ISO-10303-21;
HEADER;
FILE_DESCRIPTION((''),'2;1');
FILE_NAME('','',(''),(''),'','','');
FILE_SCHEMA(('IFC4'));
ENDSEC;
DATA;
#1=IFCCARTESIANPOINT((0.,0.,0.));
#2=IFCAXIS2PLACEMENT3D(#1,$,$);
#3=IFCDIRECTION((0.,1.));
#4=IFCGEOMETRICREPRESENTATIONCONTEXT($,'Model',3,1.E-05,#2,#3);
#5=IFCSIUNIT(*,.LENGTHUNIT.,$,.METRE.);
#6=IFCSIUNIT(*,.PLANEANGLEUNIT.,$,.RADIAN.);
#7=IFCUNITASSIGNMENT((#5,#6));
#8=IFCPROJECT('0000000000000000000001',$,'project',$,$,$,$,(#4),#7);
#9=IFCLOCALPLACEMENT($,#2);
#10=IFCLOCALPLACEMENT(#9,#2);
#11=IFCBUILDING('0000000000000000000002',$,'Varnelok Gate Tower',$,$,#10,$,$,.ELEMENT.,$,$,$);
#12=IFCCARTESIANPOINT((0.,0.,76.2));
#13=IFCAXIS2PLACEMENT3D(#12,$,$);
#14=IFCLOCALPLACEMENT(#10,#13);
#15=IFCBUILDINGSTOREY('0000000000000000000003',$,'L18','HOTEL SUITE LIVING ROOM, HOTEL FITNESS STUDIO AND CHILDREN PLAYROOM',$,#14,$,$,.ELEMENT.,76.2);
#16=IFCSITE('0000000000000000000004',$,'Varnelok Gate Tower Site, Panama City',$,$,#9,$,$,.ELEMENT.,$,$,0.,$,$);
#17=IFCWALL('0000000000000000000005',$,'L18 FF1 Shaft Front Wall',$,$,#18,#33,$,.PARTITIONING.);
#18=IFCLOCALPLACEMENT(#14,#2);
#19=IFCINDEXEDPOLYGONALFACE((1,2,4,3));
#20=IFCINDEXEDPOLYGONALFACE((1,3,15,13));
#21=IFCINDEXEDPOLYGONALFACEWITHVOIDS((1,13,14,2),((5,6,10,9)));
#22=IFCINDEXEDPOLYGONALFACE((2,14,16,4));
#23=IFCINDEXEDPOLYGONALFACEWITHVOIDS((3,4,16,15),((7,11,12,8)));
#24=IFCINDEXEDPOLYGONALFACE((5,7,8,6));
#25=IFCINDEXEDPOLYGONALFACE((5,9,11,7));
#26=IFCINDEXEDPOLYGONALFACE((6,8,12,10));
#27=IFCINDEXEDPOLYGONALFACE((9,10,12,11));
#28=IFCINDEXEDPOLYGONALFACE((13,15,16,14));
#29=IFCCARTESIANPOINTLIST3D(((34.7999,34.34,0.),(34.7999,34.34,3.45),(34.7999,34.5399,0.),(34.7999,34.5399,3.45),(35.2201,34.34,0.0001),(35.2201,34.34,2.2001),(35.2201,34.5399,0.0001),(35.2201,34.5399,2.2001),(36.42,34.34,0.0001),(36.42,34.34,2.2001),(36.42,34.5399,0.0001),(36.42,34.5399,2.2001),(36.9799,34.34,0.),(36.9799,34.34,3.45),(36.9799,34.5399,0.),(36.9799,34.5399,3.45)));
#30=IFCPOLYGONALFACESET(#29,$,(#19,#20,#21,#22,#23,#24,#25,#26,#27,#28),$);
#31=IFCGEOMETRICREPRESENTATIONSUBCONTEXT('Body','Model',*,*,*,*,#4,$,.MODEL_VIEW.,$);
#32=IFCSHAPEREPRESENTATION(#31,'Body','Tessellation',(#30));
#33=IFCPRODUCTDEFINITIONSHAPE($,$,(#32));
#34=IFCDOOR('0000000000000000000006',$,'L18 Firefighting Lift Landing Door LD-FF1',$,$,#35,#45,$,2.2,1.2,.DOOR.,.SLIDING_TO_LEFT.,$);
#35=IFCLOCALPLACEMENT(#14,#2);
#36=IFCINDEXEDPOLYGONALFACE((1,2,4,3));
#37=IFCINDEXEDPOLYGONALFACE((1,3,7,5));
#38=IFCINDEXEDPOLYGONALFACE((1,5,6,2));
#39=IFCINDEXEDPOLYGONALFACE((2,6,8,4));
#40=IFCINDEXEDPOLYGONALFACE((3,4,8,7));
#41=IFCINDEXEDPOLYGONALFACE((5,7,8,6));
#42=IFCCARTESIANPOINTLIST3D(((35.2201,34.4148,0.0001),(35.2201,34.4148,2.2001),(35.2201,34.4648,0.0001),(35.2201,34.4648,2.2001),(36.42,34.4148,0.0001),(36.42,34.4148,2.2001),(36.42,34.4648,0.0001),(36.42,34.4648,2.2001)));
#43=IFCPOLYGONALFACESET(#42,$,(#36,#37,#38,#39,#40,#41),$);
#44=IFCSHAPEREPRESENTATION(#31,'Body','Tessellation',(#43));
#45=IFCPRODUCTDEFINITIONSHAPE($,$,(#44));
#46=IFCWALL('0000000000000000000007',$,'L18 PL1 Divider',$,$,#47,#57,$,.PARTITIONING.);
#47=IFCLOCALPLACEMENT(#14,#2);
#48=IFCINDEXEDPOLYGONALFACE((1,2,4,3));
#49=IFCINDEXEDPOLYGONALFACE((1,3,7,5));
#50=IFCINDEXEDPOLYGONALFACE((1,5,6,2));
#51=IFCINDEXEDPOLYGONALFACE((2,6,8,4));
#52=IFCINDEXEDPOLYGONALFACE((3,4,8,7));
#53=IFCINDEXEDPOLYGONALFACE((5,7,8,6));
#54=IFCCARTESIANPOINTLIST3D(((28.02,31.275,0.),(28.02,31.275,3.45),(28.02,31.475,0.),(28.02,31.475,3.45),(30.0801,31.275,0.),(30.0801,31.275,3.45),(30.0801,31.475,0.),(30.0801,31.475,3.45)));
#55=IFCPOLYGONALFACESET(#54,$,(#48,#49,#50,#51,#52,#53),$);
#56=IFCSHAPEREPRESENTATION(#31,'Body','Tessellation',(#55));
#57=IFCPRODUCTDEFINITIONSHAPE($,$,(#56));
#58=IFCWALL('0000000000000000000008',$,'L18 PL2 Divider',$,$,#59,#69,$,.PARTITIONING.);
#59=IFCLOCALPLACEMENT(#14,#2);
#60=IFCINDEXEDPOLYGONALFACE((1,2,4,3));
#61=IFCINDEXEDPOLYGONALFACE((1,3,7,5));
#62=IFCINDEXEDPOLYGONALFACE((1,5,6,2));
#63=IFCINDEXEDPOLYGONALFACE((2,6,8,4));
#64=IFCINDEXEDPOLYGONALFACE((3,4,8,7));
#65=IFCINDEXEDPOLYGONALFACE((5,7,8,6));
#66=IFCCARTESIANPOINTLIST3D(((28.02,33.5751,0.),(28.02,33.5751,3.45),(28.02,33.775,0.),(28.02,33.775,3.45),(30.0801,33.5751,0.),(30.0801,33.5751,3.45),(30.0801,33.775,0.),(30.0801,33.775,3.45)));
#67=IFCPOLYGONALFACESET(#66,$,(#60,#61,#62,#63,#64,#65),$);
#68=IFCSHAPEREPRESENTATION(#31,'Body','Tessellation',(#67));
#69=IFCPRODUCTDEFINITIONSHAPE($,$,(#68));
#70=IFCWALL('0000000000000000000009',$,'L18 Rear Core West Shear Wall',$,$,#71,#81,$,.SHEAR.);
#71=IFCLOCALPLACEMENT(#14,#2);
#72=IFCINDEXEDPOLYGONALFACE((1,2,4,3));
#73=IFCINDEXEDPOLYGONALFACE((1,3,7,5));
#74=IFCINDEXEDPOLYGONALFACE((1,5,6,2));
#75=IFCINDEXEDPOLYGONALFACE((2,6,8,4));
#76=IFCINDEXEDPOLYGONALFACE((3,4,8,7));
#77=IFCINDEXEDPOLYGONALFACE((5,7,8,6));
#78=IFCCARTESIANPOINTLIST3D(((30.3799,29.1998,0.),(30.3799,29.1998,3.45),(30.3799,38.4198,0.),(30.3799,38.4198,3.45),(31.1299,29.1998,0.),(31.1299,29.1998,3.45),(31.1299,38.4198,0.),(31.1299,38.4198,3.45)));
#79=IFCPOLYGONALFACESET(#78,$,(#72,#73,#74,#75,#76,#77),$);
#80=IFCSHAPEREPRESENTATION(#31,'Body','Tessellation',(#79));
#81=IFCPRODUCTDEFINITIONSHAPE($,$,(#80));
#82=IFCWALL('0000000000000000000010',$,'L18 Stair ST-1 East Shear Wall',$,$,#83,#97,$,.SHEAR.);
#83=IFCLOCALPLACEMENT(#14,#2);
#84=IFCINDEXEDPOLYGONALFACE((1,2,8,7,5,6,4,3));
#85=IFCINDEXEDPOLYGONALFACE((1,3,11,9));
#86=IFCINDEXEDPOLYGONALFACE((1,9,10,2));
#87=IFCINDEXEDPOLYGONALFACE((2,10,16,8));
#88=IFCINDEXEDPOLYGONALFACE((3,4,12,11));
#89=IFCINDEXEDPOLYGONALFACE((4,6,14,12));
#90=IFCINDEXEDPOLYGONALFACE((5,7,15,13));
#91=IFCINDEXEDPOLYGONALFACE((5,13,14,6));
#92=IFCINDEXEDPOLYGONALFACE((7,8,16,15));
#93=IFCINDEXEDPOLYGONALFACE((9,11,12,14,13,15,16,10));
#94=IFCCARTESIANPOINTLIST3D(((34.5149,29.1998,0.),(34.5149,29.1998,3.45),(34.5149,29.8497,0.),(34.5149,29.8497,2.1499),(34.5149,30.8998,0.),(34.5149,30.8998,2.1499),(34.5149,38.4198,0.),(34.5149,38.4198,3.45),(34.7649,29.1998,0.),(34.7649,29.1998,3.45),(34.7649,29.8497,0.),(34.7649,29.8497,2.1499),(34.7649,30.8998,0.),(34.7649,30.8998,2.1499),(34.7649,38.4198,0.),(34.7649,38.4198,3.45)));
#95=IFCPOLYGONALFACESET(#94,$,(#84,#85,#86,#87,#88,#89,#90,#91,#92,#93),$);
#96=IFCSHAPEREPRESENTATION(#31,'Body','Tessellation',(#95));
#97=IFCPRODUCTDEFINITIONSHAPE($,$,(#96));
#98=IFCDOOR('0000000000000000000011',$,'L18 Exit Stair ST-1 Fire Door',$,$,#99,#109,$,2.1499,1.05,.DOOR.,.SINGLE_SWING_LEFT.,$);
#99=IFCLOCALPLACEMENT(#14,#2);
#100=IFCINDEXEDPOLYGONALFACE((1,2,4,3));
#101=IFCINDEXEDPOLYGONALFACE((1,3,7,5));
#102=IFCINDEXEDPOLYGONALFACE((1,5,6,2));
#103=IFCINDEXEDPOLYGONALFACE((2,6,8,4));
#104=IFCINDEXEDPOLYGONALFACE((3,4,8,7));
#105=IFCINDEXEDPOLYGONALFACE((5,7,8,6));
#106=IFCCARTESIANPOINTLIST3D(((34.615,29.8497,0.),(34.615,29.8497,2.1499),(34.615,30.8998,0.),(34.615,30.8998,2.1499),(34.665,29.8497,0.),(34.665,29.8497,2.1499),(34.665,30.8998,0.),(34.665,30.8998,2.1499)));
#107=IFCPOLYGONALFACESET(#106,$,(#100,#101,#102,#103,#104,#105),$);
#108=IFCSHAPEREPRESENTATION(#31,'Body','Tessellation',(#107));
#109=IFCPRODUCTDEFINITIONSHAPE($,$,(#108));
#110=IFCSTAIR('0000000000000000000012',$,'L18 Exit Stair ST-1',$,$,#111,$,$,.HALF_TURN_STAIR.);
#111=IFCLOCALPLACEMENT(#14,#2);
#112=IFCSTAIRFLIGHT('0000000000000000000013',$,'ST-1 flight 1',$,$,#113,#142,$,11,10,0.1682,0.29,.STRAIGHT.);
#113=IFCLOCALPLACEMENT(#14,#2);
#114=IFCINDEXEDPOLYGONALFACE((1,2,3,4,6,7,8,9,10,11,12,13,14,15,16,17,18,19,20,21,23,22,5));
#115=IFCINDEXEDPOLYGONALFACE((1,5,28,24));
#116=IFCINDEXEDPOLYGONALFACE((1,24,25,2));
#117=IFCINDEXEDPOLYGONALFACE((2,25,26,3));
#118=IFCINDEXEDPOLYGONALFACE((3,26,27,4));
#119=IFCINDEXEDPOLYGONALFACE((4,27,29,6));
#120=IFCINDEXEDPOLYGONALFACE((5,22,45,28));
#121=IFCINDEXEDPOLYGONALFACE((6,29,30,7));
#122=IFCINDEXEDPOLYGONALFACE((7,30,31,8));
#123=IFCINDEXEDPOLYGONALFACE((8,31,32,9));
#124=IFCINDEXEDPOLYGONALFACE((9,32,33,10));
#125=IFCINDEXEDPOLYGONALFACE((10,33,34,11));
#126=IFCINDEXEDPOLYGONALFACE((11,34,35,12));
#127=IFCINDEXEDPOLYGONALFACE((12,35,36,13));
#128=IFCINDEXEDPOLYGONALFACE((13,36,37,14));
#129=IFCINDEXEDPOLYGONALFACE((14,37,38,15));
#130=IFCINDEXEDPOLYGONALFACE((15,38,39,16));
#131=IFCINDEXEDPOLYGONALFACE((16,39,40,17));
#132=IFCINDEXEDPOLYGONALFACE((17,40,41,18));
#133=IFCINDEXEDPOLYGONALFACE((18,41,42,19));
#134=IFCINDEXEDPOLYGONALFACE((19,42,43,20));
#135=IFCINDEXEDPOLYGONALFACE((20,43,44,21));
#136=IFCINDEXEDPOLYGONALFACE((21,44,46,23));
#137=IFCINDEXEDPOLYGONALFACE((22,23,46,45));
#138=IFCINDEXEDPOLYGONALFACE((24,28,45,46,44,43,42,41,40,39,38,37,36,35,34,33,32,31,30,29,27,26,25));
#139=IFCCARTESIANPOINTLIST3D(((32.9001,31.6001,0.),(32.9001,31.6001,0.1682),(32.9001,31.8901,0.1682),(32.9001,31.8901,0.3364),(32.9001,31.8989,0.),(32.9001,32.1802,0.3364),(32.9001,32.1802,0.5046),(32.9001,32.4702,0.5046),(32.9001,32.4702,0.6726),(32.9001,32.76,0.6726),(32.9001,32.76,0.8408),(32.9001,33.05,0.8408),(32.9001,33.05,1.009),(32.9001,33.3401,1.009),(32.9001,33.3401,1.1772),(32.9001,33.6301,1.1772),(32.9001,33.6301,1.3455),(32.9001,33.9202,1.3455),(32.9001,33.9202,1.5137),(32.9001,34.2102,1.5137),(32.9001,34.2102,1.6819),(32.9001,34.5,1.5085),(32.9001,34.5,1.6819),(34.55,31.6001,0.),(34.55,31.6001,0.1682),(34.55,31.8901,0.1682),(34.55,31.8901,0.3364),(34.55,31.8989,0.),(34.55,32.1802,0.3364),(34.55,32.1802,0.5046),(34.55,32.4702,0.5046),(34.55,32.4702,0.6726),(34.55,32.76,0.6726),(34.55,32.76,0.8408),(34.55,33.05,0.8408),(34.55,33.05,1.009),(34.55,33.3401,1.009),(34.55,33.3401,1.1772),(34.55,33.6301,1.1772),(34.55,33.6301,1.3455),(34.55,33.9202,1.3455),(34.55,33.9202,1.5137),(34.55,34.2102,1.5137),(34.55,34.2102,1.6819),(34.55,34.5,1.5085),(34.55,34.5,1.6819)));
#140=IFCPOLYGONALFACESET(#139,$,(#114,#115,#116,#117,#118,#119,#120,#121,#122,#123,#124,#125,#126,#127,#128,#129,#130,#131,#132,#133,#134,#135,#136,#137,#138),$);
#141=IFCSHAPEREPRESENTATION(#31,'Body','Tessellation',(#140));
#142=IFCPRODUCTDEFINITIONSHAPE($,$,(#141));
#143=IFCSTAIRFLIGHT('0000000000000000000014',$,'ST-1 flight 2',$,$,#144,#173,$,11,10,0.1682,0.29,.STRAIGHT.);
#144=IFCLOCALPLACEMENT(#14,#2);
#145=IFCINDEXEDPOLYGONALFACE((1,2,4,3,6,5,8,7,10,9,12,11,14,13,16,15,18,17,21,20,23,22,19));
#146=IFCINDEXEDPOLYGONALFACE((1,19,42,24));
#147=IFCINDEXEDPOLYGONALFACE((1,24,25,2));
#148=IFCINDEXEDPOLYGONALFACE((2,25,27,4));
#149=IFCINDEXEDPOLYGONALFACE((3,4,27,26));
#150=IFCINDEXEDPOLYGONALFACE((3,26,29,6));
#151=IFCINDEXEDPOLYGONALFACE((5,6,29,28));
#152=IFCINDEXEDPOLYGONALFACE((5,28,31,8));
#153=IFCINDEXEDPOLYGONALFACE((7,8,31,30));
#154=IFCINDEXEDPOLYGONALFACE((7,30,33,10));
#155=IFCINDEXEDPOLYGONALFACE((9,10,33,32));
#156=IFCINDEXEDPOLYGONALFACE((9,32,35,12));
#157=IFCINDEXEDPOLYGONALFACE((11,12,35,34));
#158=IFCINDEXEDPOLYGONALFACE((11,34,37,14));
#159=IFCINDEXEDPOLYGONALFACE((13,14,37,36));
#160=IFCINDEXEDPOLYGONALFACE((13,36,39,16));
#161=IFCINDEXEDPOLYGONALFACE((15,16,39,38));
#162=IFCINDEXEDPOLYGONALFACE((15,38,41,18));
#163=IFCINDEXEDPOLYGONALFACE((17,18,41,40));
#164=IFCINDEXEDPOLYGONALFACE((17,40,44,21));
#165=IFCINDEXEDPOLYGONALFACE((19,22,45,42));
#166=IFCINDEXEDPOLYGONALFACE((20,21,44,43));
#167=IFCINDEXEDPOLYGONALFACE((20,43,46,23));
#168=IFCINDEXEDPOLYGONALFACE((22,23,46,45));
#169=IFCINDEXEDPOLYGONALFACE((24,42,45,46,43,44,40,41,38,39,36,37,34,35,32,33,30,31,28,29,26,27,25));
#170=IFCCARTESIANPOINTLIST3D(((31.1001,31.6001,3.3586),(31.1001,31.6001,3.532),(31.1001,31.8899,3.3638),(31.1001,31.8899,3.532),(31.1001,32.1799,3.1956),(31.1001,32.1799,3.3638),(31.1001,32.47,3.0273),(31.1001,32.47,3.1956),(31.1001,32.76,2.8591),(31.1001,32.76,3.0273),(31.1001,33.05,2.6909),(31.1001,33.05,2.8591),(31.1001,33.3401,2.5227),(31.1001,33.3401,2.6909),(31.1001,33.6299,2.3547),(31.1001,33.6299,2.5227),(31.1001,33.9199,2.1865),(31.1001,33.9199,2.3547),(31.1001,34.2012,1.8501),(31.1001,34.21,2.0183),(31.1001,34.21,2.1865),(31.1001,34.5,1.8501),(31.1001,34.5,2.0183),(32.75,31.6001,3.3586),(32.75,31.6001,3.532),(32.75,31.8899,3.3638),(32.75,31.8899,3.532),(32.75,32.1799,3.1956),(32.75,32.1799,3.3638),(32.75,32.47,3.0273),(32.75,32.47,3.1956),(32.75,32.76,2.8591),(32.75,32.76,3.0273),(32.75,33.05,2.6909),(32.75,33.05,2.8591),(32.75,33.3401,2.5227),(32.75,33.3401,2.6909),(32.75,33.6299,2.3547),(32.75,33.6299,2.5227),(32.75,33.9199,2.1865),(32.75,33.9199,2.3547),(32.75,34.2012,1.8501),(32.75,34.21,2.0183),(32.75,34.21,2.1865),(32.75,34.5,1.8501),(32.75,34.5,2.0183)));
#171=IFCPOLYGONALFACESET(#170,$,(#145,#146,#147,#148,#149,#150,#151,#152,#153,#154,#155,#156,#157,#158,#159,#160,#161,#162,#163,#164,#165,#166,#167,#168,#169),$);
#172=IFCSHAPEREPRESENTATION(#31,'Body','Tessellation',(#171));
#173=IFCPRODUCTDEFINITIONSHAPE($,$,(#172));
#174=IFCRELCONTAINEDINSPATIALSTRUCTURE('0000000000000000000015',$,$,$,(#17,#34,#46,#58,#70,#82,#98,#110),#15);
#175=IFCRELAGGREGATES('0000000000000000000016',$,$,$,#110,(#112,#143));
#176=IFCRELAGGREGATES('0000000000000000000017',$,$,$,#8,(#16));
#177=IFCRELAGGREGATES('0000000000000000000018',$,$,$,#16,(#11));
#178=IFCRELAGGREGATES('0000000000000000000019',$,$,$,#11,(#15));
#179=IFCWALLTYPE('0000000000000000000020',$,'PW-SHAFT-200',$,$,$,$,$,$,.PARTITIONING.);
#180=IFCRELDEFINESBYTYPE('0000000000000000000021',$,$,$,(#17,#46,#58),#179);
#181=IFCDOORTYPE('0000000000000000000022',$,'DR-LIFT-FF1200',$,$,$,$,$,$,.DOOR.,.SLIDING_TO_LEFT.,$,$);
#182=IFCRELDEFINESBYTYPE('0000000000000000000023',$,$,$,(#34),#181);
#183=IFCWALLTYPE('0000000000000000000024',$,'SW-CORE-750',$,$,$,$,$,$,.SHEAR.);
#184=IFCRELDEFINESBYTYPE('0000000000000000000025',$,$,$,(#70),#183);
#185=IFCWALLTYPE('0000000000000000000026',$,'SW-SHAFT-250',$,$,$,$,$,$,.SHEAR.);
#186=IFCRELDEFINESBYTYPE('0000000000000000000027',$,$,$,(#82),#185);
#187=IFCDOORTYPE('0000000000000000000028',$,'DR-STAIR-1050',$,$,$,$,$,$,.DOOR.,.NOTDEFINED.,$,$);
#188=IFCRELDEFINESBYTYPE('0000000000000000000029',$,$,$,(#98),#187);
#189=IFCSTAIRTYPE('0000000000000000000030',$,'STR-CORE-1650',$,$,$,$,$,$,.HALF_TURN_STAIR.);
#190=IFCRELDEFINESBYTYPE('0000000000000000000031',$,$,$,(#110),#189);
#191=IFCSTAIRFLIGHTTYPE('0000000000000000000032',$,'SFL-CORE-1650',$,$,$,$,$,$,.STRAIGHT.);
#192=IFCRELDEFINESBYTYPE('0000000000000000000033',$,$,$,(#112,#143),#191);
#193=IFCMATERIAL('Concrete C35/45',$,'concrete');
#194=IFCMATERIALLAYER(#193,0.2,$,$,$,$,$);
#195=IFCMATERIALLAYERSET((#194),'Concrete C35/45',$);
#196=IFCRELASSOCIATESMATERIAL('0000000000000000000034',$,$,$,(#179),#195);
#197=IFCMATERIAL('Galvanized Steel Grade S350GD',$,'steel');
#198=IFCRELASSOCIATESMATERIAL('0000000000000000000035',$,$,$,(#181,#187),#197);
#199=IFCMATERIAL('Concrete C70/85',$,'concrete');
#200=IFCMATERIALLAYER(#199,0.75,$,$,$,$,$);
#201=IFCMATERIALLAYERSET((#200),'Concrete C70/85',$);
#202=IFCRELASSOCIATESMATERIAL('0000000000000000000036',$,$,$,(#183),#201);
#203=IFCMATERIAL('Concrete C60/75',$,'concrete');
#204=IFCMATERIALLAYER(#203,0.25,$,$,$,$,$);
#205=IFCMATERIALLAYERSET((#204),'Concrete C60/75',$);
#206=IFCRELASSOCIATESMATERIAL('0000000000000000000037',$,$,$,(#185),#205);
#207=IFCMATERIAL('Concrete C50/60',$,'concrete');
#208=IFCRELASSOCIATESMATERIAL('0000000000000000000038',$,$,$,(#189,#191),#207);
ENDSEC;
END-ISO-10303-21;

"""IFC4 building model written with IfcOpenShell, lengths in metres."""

from ifc_helpers import new_model, si_unit, direction, frame, frame_2d, origin, place, context, subcontext, project, spatial, polyline, rectangle, outline, extrude, material, layer, layer_set, type_object, element, fill, aggregate, save


model = new_model("IFC4")

# Units and contexts
model_context = context("Model", 3, precision=1e-05, world=origin(), true_north=direction((0.0, 1.0)))
body_context = subcontext(model_context, "Body", "Model", "MODEL_VIEW")
ifc_project = project(units=[si_unit("LENGTHUNIT", "METRE"), si_unit("PLANEANGLEUNIT", "RADIAN")], contexts=[model_context])

# Site, building, storey
site_placement = place(None, origin())
site = spatial("IfcSite", under=ifc_project, at=site_placement, Name="Varnelok Gate Tower Site, Panama City", CompositionType="ELEMENT", RefElevation=0.0)
building_placement = place(site_placement, origin())
building = spatial("IfcBuilding", under=site, at=building_placement, Name="Varnelok Gate Tower", CompositionType="ELEMENT")
storey_placement = place(building_placement, frame((0.0, 0.0, 76.2)))
storey = spatial("IfcBuildingStorey", under=building, at=storey_placement, Name="L18", Description="HOTEL SUITE LIVING ROOM, HOTEL FITNESS STUDIO AND CHILDREN PLAYROOM", CompositionType="ELEMENT", Elevation=76.2)

# Wall, opening, door
ifc_material_1 = material(Name="Concrete C35/45", Category="concrete")
ifc_layer_1 = layer(ifc_material_1, 0.2)
ifc_layer_set_1 = layer_set([ifc_layer_1], Name="Concrete C35/45")
wall_type_1 = type_object("IfcWallType", Name="PW-SHAFT-200", PredefinedType="PARTITIONING", material=ifc_layer_set_1)
wall_1_placement = place(storey_placement, frame((34.8, 34.4399, 0.0), z_axis=(0.0, 0.0, 1.0), x_axis=(1.0, 0.0, 0.0)))
wall_1 = element("IfcWall", 1, at=wall_1_placement, inside=storey, type_object=wall_type_1, Name="L18 FF1 Shaft Front Wall", PredefinedType="PARTITIONING", context=body_context, shape_type="SweptSolid", body=[
    extrude(rectangle(XDim=2.1799, YDim=0.2, at=frame_2d((1.0898, 0.0))), origin(), (0.0, 0.0, 1.0), 3.45),
])
opening_1_placement = place(wall_1_placement, frame((0.4199, 0.0, 0.0)))
opening_1 = element("IfcOpeningElement", 2, at=opening_1_placement, cuts=wall_1, PredefinedType="OPENING", context=body_context, shape_type="SweptSolid", body=[
    extrude(rectangle(XDim=1.2, YDim=2.2, at=frame_2d((0.6001, 1.1001))), frame((0.0, 0.1099, 0.0), z_axis=(0.0, -1.0, 0.0), x_axis=(1.0, 0.0, 0.0)), (0.0, 0.0, 1.0), 0.22),
])
ifc_material_2 = material(Name="Galvanized Steel Grade S350GD", Category="steel")
door_type_1 = type_object("IfcDoorType", Name="DR-LIFT-FF1200", OperationType="SLIDING_TO_LEFT", PredefinedType="DOOR", material=ifc_material_2)
door_1_placement = place(opening_1_placement, origin())
door_1 = element("IfcDoor", 3, at=door_1_placement, inside=storey, type_object=door_type_1, Name="L18 Firefighting Lift Landing Door LD-FF1", OperationType="SLIDING_TO_LEFT", OverallHeight=2.2, OverallWidth=1.2, PredefinedType="DOOR", context=body_context, shape_type="SweptSolid", body=[
    extrude(rectangle(XDim=1.2, YDim=2.2, at=frame_2d((0.6001, 1.1001))), frame((0.0, 0.0249, 0.0), z_axis=(0.0, -1.0, 0.0), x_axis=(1.0, 0.0, 0.0)), (0.0, 0.0, 1.0), 0.05),
])
fill(opening_1, door_1)

# Walls
for number, where, z_axis, x_axis, name in (
    (4, (28.02, 31.375, 0.0), (0.0, 0.0, 1.0), (1.0, 0.0, 0.0), "L18 PL1 Divider"),
    (5, (28.02, 33.675, 0.0), (0.0, 0.0, 1.0), (1.0, 0.0, 0.0), "L18 PL2 Divider"),
):
    element("IfcWall", number, at=place(storey_placement, frame(where, z_axis=z_axis, x_axis=x_axis)), inside=storey, type_object=wall_type_1, Name=name, PredefinedType="PARTITIONING", context=body_context, shape_type="SweptSolid", body=[
        extrude(rectangle(XDim=2.0601, YDim=0.2, at=frame_2d((1.03, 0.0))), origin(), (0.0, 0.0, 1.0), 3.45),
    ])
ifc_material_3 = material(Name="Concrete C70/85", Category="concrete")
ifc_layer_2 = layer(ifc_material_3, 0.75)
ifc_layer_set_2 = layer_set([ifc_layer_2], Name="Concrete C70/85")
wall_type_2 = type_object("IfcWallType", Name="SW-CORE-750", PredefinedType="SHEAR", material=ifc_layer_set_2)
wall_2_placement = place(storey_placement, frame((30.7549, 29.2, 0.0), z_axis=(0.0, 0.0, 1.0), x_axis=(0.0, 1.0, 0.0)))
element("IfcWall", 6, at=wall_2_placement, inside=storey, type_object=wall_type_2, Name="L18 Rear Core West Shear Wall", PredefinedType="SHEAR", context=body_context, shape_type="SweptSolid", body=[
    extrude(rectangle(XDim=9.22, YDim=0.75, at=frame_2d((4.6099, 0.0))), origin(), (0.0, 0.0, 1.0), 3.45),
])

# Wall, opening, door
ifc_material_4 = material(Name="Concrete C60/75", Category="concrete")
ifc_layer_3 = layer(ifc_material_4, 0.25)
ifc_layer_set_3 = layer_set([ifc_layer_3], Name="Concrete C60/75")
wall_type_3 = type_object("IfcWallType", Name="SW-SHAFT-250", PredefinedType="SHEAR", material=ifc_layer_set_3)
wall_3_placement = place(storey_placement, frame((34.6399, 29.2, 0.0), z_axis=(0.0, 0.0, 1.0), x_axis=(0.0, 1.0, 0.0)))
wall_3 = element("IfcWall", 7, at=wall_3_placement, inside=storey, type_object=wall_type_3, Name="L18 Stair ST-1 East Shear Wall", PredefinedType="SHEAR", context=body_context, shape_type="SweptSolid", body=[
    extrude(rectangle(XDim=9.22, YDim=0.25, at=frame_2d((4.6099, 0.0))), origin(), (0.0, 0.0, 1.0), 3.45),
])
opening_2_placement = place(wall_3_placement, frame((0.6499, 0.0, 0.0)))
opening_2 = element("IfcOpeningElement", 8, at=opening_2_placement, cuts=wall_3, PredefinedType="OPENING", context=body_context, shape_type="SweptSolid", body=[
    extrude(rectangle(XDim=1.05, YDim=2.1499, at=frame_2d((0.5249, 1.075))), frame((0.0, 0.135, 0.0), z_axis=(0.0, -1.0, 0.0), x_axis=(1.0, 0.0, 0.0)), (0.0, 0.0, 1.0), 0.27),
])
door_type_2 = type_object("IfcDoorType", Name="DR-STAIR-1050", OperationType="NOTDEFINED", PredefinedType="DOOR", material=ifc_material_2)
door_2_placement = place(opening_2_placement, origin())
door_2 = element("IfcDoor", 9, at=door_2_placement, inside=storey, type_object=door_type_2, Name="L18 Exit Stair ST-1 Fire Door", OperationType="SINGLE_SWING_LEFT", OverallHeight=2.1499, OverallWidth=1.05, PredefinedType="DOOR", context=body_context, shape_type="SweptSolid", body=[
    extrude(rectangle(XDim=1.05, YDim=2.1499, at=frame_2d((0.5249, 1.075))), frame((0.0, 0.0249, 0.0), z_axis=(0.0, -1.0, 0.0), x_axis=(1.0, 0.0, 0.0)), (0.0, 0.0, 1.0), 0.05),
])
fill(opening_2, door_2)

# Stair, stair flights
ifc_material_5 = material(Name="Concrete C50/60", Category="concrete")
stair_type = type_object("IfcStairType", Name="STR-CORE-1650", PredefinedType="HALF_TURN_STAIR", material=ifc_material_5)
stair_placement = place(storey_placement, origin())
stair = element("IfcStair", 10, at=stair_placement, inside=storey, type_object=stair_type, Name="L18 Exit Stair ST-1", PredefinedType="HALF_TURN_STAIR")
stair_flight_type = type_object("IfcStairFlightType", Name="SFL-CORE-1650", PredefinedType="STRAIGHT", material=ifc_material_5)
stair_flight_1_placement = place(storey_placement, frame((33.7251, 31.6001, 0.0), z_axis=(0.0, 0.0, 1.0), x_axis=(0.0, 1.0, 0.0)))
stair_flight_1 = element("IfcStairFlight", 11, at=stair_flight_1_placement, type_object=stair_flight_type, Name="ST-1 flight 1", NumberOfRisers=11, NumberOfTreads=10, PredefinedType="STRAIGHT", RiserHeight=0.1682, TreadLength=0.29, context=body_context, shape_type="SweptSolid", body=[
    extrude(outline(polyline([(0.0, 0.0), (0.0, 0.1682), (0.29, 0.1682), (0.29, 0.3364), (0.5801, 0.3364), (0.5801, 0.5046), (0.8701, 0.5046), (0.8701, 0.6726), (1.1599, 0.6726), (1.1599, 0.8408), (1.45, 0.8408), (1.45, 1.009), (1.74, 1.009), (1.74, 1.1772), (2.03, 1.1772), (2.03, 1.3455), (2.3201, 1.3455), (2.3201, 1.5137), (2.6101, 1.5137), (2.6101, 1.6819), (2.8999, 1.6819), (2.8999, 1.8501), (2.8999, 1.5085), (0.2988, 0.0), (0.0, 0.0)])), frame((0.0, 0.825, 0.0), z_axis=(0.0, -1.0, 0.0), x_axis=(1.0, 0.0, 0.0)), (0.0, 0.0, 1.0), 1.6499),
])
stair_flight_2_placement = place(storey_placement, frame((31.925, 34.5, 1.8501), z_axis=(0.0, 0.0, 1.0), x_axis=(0.0, -1.0, 0.0)))
stair_flight_2 = element("IfcStairFlight", 12, at=stair_flight_2_placement, type_object=stair_flight_type, Name="ST-1 flight 2", NumberOfRisers=11, NumberOfTreads=10, PredefinedType="STRAIGHT", RiserHeight=0.1682, TreadLength=0.29, context=body_context, shape_type="SweptSolid", body=[
    extrude(outline(polyline([(0.0, 0.0), (0.0, 0.1682), (0.29, 0.1682), (0.29, 0.3364), (0.5801, 0.3364), (0.5801, 0.5046), (0.8701, 0.5046), (0.8701, 0.6726), (1.1599, 0.6726), (1.1599, 0.8408), (1.45, 0.8408), (1.45, 1.009), (1.74, 1.009), (1.74, 1.1772), (2.03, 1.1772), (2.03, 1.3455), (2.3201, 1.3455), (2.3201, 1.5137), (2.6101, 1.5137), (2.6101, 1.6819), (2.8999, 1.6819), (2.8999, 1.8501), (2.8999, 1.5085), (0.2988, 0.0), (0.0, 0.0)])), frame((0.0, 0.825, 0.0), z_axis=(0.0, -1.0, 0.0), x_axis=(1.0, 0.0, 0.0)), (0.0, 0.0, 1.0), 1.6499),
])
aggregate(stair, [stair_flight_1, stair_flight_2])

save(model, "model.ifc")
